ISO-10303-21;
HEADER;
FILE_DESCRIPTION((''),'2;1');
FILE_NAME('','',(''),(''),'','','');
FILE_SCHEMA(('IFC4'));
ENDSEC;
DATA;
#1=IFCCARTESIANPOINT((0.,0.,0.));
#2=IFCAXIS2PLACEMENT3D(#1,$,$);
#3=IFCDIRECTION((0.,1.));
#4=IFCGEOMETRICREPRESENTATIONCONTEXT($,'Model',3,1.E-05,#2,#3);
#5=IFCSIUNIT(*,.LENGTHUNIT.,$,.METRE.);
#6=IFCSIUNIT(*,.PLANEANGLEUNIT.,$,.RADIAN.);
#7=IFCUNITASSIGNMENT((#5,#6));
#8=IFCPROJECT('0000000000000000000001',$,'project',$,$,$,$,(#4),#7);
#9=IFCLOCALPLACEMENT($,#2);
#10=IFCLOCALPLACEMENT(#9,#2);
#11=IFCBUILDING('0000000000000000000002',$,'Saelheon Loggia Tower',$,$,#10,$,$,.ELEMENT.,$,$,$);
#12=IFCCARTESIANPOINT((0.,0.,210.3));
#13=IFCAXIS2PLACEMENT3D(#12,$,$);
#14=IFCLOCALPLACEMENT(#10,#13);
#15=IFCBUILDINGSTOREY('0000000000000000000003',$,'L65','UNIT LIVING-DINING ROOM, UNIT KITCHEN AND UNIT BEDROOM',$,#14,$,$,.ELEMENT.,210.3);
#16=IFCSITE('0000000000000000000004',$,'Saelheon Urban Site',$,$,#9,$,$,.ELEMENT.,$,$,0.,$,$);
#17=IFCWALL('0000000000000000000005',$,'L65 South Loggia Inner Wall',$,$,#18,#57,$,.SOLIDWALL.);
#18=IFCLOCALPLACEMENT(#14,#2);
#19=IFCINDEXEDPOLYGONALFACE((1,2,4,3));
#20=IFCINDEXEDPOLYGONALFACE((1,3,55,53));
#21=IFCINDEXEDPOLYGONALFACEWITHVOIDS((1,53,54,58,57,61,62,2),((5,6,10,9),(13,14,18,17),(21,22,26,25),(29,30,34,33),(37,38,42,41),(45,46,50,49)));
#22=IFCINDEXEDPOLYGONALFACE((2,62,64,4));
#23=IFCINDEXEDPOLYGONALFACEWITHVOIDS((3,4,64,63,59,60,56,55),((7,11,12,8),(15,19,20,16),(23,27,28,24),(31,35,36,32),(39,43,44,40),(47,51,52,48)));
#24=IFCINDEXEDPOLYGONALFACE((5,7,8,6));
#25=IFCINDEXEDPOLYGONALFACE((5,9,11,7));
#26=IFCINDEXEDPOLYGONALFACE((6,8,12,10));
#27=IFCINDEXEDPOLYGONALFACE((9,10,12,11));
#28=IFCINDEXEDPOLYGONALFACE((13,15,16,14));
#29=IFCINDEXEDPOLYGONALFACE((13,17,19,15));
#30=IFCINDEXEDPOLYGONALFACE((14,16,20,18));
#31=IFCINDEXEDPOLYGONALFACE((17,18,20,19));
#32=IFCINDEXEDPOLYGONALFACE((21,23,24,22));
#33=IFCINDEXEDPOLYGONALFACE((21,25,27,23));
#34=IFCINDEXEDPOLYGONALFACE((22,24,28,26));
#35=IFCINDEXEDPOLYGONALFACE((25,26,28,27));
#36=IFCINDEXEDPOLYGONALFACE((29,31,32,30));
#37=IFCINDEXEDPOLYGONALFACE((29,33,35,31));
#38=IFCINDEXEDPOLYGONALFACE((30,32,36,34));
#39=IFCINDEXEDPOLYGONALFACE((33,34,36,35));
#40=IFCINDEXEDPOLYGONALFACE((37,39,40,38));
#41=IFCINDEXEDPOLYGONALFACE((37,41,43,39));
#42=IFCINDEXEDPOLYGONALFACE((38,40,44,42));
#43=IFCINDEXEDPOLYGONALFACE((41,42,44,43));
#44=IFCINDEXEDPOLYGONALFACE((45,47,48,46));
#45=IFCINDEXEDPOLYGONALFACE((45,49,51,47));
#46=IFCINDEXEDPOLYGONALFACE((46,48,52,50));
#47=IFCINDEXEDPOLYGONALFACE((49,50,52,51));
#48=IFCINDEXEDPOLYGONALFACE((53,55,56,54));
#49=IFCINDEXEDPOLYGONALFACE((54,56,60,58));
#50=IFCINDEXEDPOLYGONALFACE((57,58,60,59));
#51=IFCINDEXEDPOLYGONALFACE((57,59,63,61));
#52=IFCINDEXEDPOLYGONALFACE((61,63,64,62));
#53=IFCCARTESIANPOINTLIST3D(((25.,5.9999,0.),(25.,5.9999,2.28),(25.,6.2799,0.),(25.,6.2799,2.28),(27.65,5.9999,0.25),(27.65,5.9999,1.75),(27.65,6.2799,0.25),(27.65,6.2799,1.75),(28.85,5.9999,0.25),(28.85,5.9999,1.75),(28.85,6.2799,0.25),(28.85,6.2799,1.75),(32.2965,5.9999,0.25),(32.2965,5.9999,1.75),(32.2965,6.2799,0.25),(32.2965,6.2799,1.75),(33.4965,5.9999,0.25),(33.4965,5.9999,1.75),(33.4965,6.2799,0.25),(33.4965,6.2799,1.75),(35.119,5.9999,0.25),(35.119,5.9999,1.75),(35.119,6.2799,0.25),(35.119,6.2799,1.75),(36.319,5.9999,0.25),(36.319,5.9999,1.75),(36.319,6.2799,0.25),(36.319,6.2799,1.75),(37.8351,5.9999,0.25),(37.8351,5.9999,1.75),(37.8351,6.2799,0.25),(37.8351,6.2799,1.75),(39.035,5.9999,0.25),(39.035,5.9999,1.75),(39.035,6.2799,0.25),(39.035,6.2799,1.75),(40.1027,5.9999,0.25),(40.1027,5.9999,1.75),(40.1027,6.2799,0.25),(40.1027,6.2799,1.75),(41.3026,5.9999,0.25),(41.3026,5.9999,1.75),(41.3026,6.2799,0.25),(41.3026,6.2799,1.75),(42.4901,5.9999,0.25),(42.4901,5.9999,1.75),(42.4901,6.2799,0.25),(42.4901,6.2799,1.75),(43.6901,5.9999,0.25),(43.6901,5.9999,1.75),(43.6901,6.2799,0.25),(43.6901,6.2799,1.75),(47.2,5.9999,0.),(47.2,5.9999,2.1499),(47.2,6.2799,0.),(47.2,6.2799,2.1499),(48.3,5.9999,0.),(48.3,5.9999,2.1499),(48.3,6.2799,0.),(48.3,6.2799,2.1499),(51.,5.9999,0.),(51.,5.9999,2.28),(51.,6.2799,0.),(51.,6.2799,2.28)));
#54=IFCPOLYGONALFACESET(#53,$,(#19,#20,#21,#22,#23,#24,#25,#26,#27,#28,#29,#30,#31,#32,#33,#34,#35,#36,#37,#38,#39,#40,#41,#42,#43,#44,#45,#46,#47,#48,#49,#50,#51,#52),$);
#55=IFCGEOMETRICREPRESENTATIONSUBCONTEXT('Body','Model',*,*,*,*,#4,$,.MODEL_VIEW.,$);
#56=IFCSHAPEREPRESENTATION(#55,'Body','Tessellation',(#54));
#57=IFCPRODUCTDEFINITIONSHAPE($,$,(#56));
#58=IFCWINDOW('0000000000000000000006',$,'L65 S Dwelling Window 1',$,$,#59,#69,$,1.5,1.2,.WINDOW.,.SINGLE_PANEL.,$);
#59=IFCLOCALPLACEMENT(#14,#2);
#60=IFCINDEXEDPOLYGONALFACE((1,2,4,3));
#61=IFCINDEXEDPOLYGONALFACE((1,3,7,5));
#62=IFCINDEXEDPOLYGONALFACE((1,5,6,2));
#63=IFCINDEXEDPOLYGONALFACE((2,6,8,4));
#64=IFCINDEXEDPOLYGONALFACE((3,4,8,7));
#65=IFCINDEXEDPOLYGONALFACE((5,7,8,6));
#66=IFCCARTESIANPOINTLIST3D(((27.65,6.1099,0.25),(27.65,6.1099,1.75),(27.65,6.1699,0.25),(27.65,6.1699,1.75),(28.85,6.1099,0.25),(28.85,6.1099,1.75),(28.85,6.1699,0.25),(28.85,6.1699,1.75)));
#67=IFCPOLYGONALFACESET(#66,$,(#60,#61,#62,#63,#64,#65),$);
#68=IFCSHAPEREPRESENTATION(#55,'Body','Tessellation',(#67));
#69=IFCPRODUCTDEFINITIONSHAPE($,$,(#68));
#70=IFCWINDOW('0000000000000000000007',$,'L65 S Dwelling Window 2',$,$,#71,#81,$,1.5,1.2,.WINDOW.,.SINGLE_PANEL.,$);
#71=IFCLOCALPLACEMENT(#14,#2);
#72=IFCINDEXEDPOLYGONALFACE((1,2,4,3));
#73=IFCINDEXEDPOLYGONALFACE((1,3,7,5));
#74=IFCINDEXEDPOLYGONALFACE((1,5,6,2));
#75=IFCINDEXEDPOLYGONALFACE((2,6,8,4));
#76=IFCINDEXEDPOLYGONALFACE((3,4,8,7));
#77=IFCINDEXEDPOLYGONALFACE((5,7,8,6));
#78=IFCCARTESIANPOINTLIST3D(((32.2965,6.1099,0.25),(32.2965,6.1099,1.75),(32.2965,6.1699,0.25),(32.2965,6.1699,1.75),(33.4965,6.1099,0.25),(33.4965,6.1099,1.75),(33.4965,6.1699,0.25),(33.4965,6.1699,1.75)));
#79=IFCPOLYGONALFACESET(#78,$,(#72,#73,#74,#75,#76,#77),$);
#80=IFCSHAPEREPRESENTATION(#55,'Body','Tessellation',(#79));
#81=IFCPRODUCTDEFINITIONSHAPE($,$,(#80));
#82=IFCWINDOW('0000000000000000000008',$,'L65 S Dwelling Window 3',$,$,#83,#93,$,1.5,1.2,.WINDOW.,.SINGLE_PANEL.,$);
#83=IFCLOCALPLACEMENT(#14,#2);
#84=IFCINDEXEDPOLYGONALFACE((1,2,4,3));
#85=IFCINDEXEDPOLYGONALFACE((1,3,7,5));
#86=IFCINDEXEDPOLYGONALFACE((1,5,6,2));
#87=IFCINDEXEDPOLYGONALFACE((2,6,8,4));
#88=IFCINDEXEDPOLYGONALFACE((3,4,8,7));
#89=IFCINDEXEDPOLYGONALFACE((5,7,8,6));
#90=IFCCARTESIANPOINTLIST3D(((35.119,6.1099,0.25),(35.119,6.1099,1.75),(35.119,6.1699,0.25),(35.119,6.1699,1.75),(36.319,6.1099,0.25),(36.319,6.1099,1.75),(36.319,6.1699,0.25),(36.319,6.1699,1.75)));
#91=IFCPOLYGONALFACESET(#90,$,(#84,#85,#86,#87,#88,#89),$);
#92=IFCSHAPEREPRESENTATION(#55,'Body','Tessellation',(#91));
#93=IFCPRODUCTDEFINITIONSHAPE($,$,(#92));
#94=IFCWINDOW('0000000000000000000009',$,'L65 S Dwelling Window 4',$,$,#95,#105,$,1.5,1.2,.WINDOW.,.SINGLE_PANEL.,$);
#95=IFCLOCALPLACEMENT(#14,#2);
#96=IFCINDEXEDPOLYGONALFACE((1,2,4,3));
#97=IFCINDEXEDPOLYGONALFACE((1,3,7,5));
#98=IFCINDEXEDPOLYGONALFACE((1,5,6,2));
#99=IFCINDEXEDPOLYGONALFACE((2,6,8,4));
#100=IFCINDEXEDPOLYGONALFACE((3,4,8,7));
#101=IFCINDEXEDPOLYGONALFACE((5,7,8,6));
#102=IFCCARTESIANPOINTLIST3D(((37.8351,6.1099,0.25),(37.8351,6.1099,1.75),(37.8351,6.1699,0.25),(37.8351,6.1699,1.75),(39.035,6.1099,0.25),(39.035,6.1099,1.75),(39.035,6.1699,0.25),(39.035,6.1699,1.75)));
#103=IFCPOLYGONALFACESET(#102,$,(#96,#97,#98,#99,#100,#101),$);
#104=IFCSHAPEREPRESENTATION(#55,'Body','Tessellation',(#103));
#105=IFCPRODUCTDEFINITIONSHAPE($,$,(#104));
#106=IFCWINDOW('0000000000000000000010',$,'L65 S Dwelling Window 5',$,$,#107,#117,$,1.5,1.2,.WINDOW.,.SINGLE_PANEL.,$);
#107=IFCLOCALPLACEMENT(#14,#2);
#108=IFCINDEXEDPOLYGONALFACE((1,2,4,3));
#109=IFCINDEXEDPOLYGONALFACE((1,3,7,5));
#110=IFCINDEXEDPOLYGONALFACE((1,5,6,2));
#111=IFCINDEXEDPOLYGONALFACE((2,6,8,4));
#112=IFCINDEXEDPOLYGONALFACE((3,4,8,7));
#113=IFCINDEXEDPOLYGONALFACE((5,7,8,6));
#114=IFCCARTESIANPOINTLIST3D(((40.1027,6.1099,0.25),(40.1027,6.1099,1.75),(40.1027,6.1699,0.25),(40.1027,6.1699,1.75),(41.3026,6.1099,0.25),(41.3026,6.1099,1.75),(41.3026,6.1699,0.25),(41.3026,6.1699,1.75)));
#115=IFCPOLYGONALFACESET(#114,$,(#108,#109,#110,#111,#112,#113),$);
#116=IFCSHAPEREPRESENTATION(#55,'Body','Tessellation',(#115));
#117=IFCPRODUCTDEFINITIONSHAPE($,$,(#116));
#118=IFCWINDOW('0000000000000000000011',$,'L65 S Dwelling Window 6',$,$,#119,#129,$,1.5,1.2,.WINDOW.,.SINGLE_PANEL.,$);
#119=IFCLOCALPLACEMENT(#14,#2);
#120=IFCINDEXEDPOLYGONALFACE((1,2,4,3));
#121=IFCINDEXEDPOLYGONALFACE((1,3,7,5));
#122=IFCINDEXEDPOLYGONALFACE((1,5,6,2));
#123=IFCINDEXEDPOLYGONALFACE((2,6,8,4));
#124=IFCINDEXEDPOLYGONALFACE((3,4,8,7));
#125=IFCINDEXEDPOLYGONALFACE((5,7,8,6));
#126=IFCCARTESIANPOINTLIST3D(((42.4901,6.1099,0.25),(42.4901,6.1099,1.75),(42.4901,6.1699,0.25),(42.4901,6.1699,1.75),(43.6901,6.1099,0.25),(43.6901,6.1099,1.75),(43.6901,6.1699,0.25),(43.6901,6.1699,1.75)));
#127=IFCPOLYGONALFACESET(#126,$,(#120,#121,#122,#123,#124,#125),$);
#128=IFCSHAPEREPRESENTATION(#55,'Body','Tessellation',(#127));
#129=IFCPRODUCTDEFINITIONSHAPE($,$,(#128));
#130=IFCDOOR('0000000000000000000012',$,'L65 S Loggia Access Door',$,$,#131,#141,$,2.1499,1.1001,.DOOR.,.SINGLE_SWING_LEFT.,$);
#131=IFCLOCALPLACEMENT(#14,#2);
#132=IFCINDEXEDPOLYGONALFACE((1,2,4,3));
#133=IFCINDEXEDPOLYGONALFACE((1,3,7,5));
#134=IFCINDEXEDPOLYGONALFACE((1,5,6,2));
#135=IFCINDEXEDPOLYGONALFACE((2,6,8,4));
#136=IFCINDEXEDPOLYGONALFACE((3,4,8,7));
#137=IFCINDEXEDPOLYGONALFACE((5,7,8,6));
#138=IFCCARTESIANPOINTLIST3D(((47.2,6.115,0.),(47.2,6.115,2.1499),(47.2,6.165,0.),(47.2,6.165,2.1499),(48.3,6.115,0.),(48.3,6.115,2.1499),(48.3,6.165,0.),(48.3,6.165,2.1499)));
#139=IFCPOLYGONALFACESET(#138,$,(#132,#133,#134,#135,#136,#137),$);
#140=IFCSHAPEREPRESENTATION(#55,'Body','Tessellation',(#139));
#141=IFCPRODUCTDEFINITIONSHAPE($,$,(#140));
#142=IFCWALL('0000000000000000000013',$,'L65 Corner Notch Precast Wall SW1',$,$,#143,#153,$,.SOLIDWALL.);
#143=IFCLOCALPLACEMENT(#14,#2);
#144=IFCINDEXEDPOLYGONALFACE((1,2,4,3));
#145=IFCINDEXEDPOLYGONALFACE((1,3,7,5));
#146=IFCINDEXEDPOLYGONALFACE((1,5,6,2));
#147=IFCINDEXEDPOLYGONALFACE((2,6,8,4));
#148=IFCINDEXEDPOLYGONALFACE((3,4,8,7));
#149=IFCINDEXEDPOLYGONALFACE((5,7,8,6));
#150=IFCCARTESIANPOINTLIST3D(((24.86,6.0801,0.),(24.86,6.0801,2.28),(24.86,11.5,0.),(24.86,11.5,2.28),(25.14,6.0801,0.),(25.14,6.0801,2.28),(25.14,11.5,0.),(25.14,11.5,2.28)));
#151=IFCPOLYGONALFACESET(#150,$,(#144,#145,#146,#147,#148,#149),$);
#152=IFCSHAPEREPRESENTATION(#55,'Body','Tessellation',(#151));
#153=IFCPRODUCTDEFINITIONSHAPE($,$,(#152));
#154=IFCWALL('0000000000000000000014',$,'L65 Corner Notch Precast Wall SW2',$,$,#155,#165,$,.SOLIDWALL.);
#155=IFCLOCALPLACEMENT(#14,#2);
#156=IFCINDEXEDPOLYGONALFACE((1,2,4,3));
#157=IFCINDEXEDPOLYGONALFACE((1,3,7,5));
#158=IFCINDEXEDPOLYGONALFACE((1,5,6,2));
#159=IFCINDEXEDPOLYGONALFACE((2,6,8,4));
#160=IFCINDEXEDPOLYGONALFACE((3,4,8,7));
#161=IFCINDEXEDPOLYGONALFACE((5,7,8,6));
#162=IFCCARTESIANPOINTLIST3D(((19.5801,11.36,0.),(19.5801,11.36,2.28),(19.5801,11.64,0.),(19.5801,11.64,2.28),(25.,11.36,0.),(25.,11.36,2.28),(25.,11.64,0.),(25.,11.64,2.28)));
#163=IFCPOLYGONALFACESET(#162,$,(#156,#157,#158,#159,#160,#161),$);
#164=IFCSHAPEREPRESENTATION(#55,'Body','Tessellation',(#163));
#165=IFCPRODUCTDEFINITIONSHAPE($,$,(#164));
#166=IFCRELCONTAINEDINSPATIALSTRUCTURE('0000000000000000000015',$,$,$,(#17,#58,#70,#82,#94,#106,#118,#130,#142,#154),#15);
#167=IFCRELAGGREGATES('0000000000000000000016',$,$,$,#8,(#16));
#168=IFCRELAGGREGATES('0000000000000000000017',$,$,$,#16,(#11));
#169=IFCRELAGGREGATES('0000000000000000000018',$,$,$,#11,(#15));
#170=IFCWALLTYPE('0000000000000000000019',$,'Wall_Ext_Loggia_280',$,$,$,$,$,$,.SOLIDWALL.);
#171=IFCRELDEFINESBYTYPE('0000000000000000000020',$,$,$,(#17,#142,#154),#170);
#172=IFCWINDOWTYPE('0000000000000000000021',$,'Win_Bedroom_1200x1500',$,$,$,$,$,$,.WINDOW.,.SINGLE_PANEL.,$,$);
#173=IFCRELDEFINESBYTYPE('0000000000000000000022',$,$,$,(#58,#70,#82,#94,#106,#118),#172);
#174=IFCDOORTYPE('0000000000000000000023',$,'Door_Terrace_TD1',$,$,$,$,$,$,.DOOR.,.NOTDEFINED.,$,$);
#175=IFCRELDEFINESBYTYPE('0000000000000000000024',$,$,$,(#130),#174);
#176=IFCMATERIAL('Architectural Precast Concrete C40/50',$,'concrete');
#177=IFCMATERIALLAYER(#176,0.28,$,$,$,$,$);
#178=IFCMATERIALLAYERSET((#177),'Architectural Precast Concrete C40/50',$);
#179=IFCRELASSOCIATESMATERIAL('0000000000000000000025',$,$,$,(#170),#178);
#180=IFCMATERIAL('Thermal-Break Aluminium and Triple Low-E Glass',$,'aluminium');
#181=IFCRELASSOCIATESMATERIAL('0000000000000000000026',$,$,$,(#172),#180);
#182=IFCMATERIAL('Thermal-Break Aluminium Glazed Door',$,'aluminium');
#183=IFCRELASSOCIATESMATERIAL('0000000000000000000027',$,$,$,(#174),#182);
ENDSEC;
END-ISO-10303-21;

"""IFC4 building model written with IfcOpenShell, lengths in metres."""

from ifc_helpers import new_model, si_unit, direction, frame, frame_2d, origin, place, context, subcontext, project, spatial, rectangle, extrude, source, transform, mapped, material, layer, layer_set, type_object, element, fill, save


model = new_model("IFC4")

# Units and contexts
model_context = context("Model", 3, precision=1e-05, world=origin(), true_north=direction((0.0, 1.0)))
body_context = subcontext(model_context, "Body", "Model", "MODEL_VIEW")
ifc_project = project(units=[si_unit("LENGTHUNIT", "METRE"), si_unit("PLANEANGLEUNIT", "RADIAN")], contexts=[model_context])

# Site, building, storey
site_placement = place(None, origin())
site = spatial("IfcSite", under=ifc_project, at=site_placement, Name="Saelheon Urban Site", CompositionType="ELEMENT", RefElevation=0.0)
building_placement = place(site_placement, origin())
building = spatial("IfcBuilding", under=site, at=building_placement, Name="Saelheon Loggia Tower", CompositionType="ELEMENT")
storey_placement = place(building_placement, frame((0.0, 0.0, 210.3)))
storey = spatial("IfcBuildingStorey", under=building, at=storey_placement, Name="L65", Description="UNIT LIVING-DINING ROOM, UNIT KITCHEN AND UNIT BEDROOM", CompositionType="ELEMENT", Elevation=210.3)

# Wall, openings, windows, door
ifc_material_1 = material(Name="Architectural Precast Concrete C40/50", Category="concrete")
ifc_layer = layer(ifc_material_1, 0.28)
ifc_layer_set = layer_set([ifc_layer], Name="Architectural Precast Concrete C40/50")
wall_type = type_object("IfcWallType", Name="Wall_Ext_Loggia_280", PredefinedType="SOLIDWALL", material=ifc_layer_set)
wall_1_placement = place(storey_placement, frame((25.0, 6.1399, 0.0), z_axis=(0.0, 0.0, 1.0), x_axis=(1.0, 0.0, 0.0)))
wall_1 = element("IfcWall", 1, at=wall_1_placement, inside=storey, type_object=wall_type, Name="L65 South Loggia Inner Wall", PredefinedType="SOLIDWALL", context=body_context, shape_type="SweptSolid", body=[
    extrude(rectangle(XDim=26.0, YDim=0.28, at=frame_2d((13.0, 0.0))), origin(), (0.0, 0.0, 1.0), 2.28),
])
opening_1_placement = place(wall_1_placement, frame((2.6499, 0.0, 0.25)))
opening_1 = element("IfcOpeningElement", 2, at=opening_1_placement, cuts=wall_1, PredefinedType="OPENING", context=body_context, shape_type="SweptSolid", body=[
    extrude(rectangle(XDim=1.2, YDim=1.5, at=frame_2d((0.6001, 0.75))), frame((0.0, 0.1521, 0.0), z_axis=(0.0, -1.0, 0.0), x_axis=(1.0, 0.0, 0.0)), (0.0, 0.0, 1.0), 0.304),
])
opening_2_placement = place(wall_1_placement, frame((7.2964, 0.0, 0.25)))
opening_2 = element("IfcOpeningElement", 3, at=opening_2_placement, cuts=wall_1, PredefinedType="OPENING", context=body_context, shape_type="SweptSolid", body=[
    extrude(rectangle(XDim=1.2, YDim=1.5, at=frame_2d((0.6001, 0.75))), frame((0.0, 0.1521, 0.0), z_axis=(0.0, -1.0, 0.0), x_axis=(1.0, 0.0, 0.0)), (0.0, 0.0, 1.0), 0.304),
])
opening_3_placement = place(wall_1_placement, frame((10.1189, 0.0, 0.25)))
opening_3 = element("IfcOpeningElement", 4, at=opening_3_placement, cuts=wall_1, PredefinedType="OPENING", context=body_context, shape_type="SweptSolid", body=[
    extrude(rectangle(XDim=1.2, YDim=1.5, at=frame_2d((0.6001, 0.75))), frame((0.0, 0.1521, 0.0), z_axis=(0.0, -1.0, 0.0), x_axis=(1.0, 0.0, 0.0)), (0.0, 0.0, 1.0), 0.304),
])
opening_4_placement = place(wall_1_placement, frame((12.835, 0.0, 0.25)))
opening_4 = element("IfcOpeningElement", 5, at=opening_4_placement, cuts=wall_1, PredefinedType="OPENING", context=body_context, shape_type="SweptSolid", body=[
    extrude(rectangle(XDim=1.2, YDim=1.5, at=frame_2d((0.6001, 0.75))), frame((0.0, 0.1521, 0.0), z_axis=(0.0, -1.0, 0.0), x_axis=(1.0, 0.0, 0.0)), (0.0, 0.0, 1.0), 0.304),
])
opening_5_placement = place(wall_1_placement, frame((15.1025, 0.0, 0.25)))
opening_5 = element("IfcOpeningElement", 6, at=opening_5_placement, cuts=wall_1, PredefinedType="OPENING", context=body_context, shape_type="SweptSolid", body=[
    extrude(rectangle(XDim=1.2, YDim=1.5, at=frame_2d((0.6001, 0.75))), frame((0.0, 0.1521, 0.0), z_axis=(0.0, -1.0, 0.0), x_axis=(1.0, 0.0, 0.0)), (0.0, 0.0, 1.0), 0.304),
])
opening_6_placement = place(wall_1_placement, frame((17.49, 0.0, 0.25)))
opening_6 = element("IfcOpeningElement", 7, at=opening_6_placement, cuts=wall_1, PredefinedType="OPENING", context=body_context, shape_type="SweptSolid", body=[
    extrude(rectangle(XDim=1.2, YDim=1.5, at=frame_2d((0.6001, 0.75))), frame((0.0, 0.1521, 0.0), z_axis=(0.0, -1.0, 0.0), x_axis=(1.0, 0.0, 0.0)), (0.0, 0.0, 1.0), 0.304),
])
opening_7_placement = place(wall_1_placement, frame((23.3, 0.0, 0.0), z_axis=(0.0, 0.0, 1.0), x_axis=(-1.0, 0.0, 0.0)))
opening_7 = element("IfcOpeningElement", 8, at=opening_7_placement, cuts=wall_1, PredefinedType="OPENING", context=body_context, shape_type="SweptSolid", body=[
    extrude(rectangle(XDim=1.1001, YDim=2.1499, at=frame_2d((0.55, 1.075))), frame((0.0, 0.1521, 0.0), z_axis=(0.0, -1.0, 0.0), x_axis=(1.0, 0.0, 0.0)), (0.0, 0.0, 1.0), 0.304),
])
ifc_material_2 = material(Name="Thermal-Break Aluminium and Triple Low-E Glass", Category="aluminium")
window_type = type_object("IfcWindowType", Name="Win_Bedroom_1200x1500", PartitioningType="SINGLE_PANEL", PredefinedType="WINDOW", material=ifc_material_2)
shared_shape_1 = source(origin(), body_context, "Body", "SweptSolid", [
    extrude(rectangle(XDim=1.2, YDim=1.5, at=frame_2d((0.6001, 0.75))), frame((0.0, 0.03, 0.0), z_axis=(0.0, -1.0, 0.0), x_axis=(1.0, 0.0, 0.0)), (0.0, 0.0, 1.0), 0.0601),
])
window_1_placement = place(opening_1_placement, origin())
window_1 = element("IfcWindow", 9, at=window_1_placement, inside=storey, type_object=window_type, Name="L65 S Dwelling Window 1", OverallHeight=1.5, OverallWidth=1.2, PartitioningType="SINGLE_PANEL", PredefinedType="WINDOW", context=body_context, shape_type="MappedRepresentation", body=[
    mapped(shared_shape_1, transform((0.0, 0.0, 0.0), scale=1.0)),
])
fill(opening_1, window_1)
window_2_placement = place(opening_2_placement, origin())
window_2 = element("IfcWindow", 10, at=window_2_placement, inside=storey, type_object=window_type, Name="L65 S Dwelling Window 2", OverallHeight=1.5, OverallWidth=1.2, PartitioningType="SINGLE_PANEL", PredefinedType="WINDOW", context=body_context, shape_type="MappedRepresentation", body=[
    mapped(shared_shape_1, transform((0.0, 0.0, 0.0), scale=1.0)),
])
fill(opening_2, window_2)
window_3_placement = place(opening_3_placement, origin())
window_3 = element("IfcWindow", 11, at=window_3_placement, inside=storey, type_object=window_type, Name="L65 S Dwelling Window 3", OverallHeight=1.5, OverallWidth=1.2, PartitioningType="SINGLE_PANEL", PredefinedType="WINDOW", context=body_context, shape_type="MappedRepresentation", body=[
    mapped(shared_shape_1, transform((0.0, 0.0, 0.0), scale=1.0)),
])
fill(opening_3, window_3)
window_4_placement = place(opening_4_placement, origin())
window_4 = element("IfcWindow", 12, at=window_4_placement, inside=storey, type_object=window_type, Name="L65 S Dwelling Window 4", OverallHeight=1.5, OverallWidth=1.2, PartitioningType="SINGLE_PANEL", PredefinedType="WINDOW", context=body_context, shape_type="MappedRepresentation", body=[
    mapped(shared_shape_1, transform((0.0, 0.0, 0.0), scale=1.0)),
])
fill(opening_4, window_4)
window_5_placement = place(opening_5_placement, origin())
window_5 = element("IfcWindow", 13, at=window_5_placement, inside=storey, type_object=window_type, Name="L65 S Dwelling Window 5", OverallHeight=1.5, OverallWidth=1.2, PartitioningType="SINGLE_PANEL", PredefinedType="WINDOW", context=body_context, shape_type="MappedRepresentation", body=[
    mapped(shared_shape_1, transform((0.0, 0.0, 0.0), scale=1.0)),
])
fill(opening_5, window_5)
window_6_placement = place(opening_6_placement, origin())
window_6 = element("IfcWindow", 14, at=window_6_placement, inside=storey, type_object=window_type, Name="L65 S Dwelling Window 6", OverallHeight=1.5, OverallWidth=1.2, PartitioningType="SINGLE_PANEL", PredefinedType="WINDOW", context=body_context, shape_type="MappedRepresentation", body=[
    mapped(shared_shape_1, transform((0.0, 0.0, 0.0), scale=1.0)),
])
fill(opening_6, window_6)
ifc_material_3 = material(Name="Thermal-Break Aluminium Glazed Door", Category="aluminium")
door_type_1 = type_object("IfcDoorType", Name="Door_Terrace_TD1", OperationType="NOTDEFINED", PredefinedType="DOOR", material=ifc_material_3)
shared_shape_2 = source(origin(), body_context, "Body", "SweptSolid", [
    extrude(rectangle(XDim=1.1001, YDim=2.1499, at=frame_2d((0.55, 1.075))), frame((0.0, 0.0249, 0.0), z_axis=(0.0, -1.0, 0.0), x_axis=(1.0, 0.0, 0.0)), (0.0, 0.0, 1.0), 0.05),
])
door_1_placement = place(opening_7_placement, origin())
door_1 = element("IfcDoor", 15, at=door_1_placement, inside=storey, type_object=door_type_1, Name="L65 S Loggia Access Door", OperationType="SINGLE_SWING_LEFT", OverallHeight=2.1499, OverallWidth=1.1001, PredefinedType="DOOR", context=body_context, shape_type="MappedRepresentation", body=[
    mapped(shared_shape_2, transform((0.0, 0.0, 0.0), scale=1.0)),
])
fill(opening_7, door_1)

# Walls
for number, where, z_axis, x_axis, name in (
    (16, (25.0, 6.0801, 0.0), (0.0, 0.0, 1.0), (0.0, 1.0, 0.0), "L65 Corner Notch Precast Wall SW1"),
    (17, (19.5801, 11.5, 0.0), (0.0, 0.0, 1.0), (1.0, 0.0, 0.0), "L65 Corner Notch Precast Wall SW2"),
):
    element("IfcWall", number, at=place(storey_placement, frame(where, z_axis=z_axis, x_axis=x_axis)), inside=storey, type_object=wall_type, Name=name, PredefinedType="SOLIDWALL", context=body_context, shape_type="SweptSolid", body=[
        extrude(rectangle(XDim=5.4199, YDim=0.28, at=frame_2d((2.71, 0.0))), origin(), (0.0, 0.0, 1.0), 2.28),
    ])

save(model, "model.ifc")
